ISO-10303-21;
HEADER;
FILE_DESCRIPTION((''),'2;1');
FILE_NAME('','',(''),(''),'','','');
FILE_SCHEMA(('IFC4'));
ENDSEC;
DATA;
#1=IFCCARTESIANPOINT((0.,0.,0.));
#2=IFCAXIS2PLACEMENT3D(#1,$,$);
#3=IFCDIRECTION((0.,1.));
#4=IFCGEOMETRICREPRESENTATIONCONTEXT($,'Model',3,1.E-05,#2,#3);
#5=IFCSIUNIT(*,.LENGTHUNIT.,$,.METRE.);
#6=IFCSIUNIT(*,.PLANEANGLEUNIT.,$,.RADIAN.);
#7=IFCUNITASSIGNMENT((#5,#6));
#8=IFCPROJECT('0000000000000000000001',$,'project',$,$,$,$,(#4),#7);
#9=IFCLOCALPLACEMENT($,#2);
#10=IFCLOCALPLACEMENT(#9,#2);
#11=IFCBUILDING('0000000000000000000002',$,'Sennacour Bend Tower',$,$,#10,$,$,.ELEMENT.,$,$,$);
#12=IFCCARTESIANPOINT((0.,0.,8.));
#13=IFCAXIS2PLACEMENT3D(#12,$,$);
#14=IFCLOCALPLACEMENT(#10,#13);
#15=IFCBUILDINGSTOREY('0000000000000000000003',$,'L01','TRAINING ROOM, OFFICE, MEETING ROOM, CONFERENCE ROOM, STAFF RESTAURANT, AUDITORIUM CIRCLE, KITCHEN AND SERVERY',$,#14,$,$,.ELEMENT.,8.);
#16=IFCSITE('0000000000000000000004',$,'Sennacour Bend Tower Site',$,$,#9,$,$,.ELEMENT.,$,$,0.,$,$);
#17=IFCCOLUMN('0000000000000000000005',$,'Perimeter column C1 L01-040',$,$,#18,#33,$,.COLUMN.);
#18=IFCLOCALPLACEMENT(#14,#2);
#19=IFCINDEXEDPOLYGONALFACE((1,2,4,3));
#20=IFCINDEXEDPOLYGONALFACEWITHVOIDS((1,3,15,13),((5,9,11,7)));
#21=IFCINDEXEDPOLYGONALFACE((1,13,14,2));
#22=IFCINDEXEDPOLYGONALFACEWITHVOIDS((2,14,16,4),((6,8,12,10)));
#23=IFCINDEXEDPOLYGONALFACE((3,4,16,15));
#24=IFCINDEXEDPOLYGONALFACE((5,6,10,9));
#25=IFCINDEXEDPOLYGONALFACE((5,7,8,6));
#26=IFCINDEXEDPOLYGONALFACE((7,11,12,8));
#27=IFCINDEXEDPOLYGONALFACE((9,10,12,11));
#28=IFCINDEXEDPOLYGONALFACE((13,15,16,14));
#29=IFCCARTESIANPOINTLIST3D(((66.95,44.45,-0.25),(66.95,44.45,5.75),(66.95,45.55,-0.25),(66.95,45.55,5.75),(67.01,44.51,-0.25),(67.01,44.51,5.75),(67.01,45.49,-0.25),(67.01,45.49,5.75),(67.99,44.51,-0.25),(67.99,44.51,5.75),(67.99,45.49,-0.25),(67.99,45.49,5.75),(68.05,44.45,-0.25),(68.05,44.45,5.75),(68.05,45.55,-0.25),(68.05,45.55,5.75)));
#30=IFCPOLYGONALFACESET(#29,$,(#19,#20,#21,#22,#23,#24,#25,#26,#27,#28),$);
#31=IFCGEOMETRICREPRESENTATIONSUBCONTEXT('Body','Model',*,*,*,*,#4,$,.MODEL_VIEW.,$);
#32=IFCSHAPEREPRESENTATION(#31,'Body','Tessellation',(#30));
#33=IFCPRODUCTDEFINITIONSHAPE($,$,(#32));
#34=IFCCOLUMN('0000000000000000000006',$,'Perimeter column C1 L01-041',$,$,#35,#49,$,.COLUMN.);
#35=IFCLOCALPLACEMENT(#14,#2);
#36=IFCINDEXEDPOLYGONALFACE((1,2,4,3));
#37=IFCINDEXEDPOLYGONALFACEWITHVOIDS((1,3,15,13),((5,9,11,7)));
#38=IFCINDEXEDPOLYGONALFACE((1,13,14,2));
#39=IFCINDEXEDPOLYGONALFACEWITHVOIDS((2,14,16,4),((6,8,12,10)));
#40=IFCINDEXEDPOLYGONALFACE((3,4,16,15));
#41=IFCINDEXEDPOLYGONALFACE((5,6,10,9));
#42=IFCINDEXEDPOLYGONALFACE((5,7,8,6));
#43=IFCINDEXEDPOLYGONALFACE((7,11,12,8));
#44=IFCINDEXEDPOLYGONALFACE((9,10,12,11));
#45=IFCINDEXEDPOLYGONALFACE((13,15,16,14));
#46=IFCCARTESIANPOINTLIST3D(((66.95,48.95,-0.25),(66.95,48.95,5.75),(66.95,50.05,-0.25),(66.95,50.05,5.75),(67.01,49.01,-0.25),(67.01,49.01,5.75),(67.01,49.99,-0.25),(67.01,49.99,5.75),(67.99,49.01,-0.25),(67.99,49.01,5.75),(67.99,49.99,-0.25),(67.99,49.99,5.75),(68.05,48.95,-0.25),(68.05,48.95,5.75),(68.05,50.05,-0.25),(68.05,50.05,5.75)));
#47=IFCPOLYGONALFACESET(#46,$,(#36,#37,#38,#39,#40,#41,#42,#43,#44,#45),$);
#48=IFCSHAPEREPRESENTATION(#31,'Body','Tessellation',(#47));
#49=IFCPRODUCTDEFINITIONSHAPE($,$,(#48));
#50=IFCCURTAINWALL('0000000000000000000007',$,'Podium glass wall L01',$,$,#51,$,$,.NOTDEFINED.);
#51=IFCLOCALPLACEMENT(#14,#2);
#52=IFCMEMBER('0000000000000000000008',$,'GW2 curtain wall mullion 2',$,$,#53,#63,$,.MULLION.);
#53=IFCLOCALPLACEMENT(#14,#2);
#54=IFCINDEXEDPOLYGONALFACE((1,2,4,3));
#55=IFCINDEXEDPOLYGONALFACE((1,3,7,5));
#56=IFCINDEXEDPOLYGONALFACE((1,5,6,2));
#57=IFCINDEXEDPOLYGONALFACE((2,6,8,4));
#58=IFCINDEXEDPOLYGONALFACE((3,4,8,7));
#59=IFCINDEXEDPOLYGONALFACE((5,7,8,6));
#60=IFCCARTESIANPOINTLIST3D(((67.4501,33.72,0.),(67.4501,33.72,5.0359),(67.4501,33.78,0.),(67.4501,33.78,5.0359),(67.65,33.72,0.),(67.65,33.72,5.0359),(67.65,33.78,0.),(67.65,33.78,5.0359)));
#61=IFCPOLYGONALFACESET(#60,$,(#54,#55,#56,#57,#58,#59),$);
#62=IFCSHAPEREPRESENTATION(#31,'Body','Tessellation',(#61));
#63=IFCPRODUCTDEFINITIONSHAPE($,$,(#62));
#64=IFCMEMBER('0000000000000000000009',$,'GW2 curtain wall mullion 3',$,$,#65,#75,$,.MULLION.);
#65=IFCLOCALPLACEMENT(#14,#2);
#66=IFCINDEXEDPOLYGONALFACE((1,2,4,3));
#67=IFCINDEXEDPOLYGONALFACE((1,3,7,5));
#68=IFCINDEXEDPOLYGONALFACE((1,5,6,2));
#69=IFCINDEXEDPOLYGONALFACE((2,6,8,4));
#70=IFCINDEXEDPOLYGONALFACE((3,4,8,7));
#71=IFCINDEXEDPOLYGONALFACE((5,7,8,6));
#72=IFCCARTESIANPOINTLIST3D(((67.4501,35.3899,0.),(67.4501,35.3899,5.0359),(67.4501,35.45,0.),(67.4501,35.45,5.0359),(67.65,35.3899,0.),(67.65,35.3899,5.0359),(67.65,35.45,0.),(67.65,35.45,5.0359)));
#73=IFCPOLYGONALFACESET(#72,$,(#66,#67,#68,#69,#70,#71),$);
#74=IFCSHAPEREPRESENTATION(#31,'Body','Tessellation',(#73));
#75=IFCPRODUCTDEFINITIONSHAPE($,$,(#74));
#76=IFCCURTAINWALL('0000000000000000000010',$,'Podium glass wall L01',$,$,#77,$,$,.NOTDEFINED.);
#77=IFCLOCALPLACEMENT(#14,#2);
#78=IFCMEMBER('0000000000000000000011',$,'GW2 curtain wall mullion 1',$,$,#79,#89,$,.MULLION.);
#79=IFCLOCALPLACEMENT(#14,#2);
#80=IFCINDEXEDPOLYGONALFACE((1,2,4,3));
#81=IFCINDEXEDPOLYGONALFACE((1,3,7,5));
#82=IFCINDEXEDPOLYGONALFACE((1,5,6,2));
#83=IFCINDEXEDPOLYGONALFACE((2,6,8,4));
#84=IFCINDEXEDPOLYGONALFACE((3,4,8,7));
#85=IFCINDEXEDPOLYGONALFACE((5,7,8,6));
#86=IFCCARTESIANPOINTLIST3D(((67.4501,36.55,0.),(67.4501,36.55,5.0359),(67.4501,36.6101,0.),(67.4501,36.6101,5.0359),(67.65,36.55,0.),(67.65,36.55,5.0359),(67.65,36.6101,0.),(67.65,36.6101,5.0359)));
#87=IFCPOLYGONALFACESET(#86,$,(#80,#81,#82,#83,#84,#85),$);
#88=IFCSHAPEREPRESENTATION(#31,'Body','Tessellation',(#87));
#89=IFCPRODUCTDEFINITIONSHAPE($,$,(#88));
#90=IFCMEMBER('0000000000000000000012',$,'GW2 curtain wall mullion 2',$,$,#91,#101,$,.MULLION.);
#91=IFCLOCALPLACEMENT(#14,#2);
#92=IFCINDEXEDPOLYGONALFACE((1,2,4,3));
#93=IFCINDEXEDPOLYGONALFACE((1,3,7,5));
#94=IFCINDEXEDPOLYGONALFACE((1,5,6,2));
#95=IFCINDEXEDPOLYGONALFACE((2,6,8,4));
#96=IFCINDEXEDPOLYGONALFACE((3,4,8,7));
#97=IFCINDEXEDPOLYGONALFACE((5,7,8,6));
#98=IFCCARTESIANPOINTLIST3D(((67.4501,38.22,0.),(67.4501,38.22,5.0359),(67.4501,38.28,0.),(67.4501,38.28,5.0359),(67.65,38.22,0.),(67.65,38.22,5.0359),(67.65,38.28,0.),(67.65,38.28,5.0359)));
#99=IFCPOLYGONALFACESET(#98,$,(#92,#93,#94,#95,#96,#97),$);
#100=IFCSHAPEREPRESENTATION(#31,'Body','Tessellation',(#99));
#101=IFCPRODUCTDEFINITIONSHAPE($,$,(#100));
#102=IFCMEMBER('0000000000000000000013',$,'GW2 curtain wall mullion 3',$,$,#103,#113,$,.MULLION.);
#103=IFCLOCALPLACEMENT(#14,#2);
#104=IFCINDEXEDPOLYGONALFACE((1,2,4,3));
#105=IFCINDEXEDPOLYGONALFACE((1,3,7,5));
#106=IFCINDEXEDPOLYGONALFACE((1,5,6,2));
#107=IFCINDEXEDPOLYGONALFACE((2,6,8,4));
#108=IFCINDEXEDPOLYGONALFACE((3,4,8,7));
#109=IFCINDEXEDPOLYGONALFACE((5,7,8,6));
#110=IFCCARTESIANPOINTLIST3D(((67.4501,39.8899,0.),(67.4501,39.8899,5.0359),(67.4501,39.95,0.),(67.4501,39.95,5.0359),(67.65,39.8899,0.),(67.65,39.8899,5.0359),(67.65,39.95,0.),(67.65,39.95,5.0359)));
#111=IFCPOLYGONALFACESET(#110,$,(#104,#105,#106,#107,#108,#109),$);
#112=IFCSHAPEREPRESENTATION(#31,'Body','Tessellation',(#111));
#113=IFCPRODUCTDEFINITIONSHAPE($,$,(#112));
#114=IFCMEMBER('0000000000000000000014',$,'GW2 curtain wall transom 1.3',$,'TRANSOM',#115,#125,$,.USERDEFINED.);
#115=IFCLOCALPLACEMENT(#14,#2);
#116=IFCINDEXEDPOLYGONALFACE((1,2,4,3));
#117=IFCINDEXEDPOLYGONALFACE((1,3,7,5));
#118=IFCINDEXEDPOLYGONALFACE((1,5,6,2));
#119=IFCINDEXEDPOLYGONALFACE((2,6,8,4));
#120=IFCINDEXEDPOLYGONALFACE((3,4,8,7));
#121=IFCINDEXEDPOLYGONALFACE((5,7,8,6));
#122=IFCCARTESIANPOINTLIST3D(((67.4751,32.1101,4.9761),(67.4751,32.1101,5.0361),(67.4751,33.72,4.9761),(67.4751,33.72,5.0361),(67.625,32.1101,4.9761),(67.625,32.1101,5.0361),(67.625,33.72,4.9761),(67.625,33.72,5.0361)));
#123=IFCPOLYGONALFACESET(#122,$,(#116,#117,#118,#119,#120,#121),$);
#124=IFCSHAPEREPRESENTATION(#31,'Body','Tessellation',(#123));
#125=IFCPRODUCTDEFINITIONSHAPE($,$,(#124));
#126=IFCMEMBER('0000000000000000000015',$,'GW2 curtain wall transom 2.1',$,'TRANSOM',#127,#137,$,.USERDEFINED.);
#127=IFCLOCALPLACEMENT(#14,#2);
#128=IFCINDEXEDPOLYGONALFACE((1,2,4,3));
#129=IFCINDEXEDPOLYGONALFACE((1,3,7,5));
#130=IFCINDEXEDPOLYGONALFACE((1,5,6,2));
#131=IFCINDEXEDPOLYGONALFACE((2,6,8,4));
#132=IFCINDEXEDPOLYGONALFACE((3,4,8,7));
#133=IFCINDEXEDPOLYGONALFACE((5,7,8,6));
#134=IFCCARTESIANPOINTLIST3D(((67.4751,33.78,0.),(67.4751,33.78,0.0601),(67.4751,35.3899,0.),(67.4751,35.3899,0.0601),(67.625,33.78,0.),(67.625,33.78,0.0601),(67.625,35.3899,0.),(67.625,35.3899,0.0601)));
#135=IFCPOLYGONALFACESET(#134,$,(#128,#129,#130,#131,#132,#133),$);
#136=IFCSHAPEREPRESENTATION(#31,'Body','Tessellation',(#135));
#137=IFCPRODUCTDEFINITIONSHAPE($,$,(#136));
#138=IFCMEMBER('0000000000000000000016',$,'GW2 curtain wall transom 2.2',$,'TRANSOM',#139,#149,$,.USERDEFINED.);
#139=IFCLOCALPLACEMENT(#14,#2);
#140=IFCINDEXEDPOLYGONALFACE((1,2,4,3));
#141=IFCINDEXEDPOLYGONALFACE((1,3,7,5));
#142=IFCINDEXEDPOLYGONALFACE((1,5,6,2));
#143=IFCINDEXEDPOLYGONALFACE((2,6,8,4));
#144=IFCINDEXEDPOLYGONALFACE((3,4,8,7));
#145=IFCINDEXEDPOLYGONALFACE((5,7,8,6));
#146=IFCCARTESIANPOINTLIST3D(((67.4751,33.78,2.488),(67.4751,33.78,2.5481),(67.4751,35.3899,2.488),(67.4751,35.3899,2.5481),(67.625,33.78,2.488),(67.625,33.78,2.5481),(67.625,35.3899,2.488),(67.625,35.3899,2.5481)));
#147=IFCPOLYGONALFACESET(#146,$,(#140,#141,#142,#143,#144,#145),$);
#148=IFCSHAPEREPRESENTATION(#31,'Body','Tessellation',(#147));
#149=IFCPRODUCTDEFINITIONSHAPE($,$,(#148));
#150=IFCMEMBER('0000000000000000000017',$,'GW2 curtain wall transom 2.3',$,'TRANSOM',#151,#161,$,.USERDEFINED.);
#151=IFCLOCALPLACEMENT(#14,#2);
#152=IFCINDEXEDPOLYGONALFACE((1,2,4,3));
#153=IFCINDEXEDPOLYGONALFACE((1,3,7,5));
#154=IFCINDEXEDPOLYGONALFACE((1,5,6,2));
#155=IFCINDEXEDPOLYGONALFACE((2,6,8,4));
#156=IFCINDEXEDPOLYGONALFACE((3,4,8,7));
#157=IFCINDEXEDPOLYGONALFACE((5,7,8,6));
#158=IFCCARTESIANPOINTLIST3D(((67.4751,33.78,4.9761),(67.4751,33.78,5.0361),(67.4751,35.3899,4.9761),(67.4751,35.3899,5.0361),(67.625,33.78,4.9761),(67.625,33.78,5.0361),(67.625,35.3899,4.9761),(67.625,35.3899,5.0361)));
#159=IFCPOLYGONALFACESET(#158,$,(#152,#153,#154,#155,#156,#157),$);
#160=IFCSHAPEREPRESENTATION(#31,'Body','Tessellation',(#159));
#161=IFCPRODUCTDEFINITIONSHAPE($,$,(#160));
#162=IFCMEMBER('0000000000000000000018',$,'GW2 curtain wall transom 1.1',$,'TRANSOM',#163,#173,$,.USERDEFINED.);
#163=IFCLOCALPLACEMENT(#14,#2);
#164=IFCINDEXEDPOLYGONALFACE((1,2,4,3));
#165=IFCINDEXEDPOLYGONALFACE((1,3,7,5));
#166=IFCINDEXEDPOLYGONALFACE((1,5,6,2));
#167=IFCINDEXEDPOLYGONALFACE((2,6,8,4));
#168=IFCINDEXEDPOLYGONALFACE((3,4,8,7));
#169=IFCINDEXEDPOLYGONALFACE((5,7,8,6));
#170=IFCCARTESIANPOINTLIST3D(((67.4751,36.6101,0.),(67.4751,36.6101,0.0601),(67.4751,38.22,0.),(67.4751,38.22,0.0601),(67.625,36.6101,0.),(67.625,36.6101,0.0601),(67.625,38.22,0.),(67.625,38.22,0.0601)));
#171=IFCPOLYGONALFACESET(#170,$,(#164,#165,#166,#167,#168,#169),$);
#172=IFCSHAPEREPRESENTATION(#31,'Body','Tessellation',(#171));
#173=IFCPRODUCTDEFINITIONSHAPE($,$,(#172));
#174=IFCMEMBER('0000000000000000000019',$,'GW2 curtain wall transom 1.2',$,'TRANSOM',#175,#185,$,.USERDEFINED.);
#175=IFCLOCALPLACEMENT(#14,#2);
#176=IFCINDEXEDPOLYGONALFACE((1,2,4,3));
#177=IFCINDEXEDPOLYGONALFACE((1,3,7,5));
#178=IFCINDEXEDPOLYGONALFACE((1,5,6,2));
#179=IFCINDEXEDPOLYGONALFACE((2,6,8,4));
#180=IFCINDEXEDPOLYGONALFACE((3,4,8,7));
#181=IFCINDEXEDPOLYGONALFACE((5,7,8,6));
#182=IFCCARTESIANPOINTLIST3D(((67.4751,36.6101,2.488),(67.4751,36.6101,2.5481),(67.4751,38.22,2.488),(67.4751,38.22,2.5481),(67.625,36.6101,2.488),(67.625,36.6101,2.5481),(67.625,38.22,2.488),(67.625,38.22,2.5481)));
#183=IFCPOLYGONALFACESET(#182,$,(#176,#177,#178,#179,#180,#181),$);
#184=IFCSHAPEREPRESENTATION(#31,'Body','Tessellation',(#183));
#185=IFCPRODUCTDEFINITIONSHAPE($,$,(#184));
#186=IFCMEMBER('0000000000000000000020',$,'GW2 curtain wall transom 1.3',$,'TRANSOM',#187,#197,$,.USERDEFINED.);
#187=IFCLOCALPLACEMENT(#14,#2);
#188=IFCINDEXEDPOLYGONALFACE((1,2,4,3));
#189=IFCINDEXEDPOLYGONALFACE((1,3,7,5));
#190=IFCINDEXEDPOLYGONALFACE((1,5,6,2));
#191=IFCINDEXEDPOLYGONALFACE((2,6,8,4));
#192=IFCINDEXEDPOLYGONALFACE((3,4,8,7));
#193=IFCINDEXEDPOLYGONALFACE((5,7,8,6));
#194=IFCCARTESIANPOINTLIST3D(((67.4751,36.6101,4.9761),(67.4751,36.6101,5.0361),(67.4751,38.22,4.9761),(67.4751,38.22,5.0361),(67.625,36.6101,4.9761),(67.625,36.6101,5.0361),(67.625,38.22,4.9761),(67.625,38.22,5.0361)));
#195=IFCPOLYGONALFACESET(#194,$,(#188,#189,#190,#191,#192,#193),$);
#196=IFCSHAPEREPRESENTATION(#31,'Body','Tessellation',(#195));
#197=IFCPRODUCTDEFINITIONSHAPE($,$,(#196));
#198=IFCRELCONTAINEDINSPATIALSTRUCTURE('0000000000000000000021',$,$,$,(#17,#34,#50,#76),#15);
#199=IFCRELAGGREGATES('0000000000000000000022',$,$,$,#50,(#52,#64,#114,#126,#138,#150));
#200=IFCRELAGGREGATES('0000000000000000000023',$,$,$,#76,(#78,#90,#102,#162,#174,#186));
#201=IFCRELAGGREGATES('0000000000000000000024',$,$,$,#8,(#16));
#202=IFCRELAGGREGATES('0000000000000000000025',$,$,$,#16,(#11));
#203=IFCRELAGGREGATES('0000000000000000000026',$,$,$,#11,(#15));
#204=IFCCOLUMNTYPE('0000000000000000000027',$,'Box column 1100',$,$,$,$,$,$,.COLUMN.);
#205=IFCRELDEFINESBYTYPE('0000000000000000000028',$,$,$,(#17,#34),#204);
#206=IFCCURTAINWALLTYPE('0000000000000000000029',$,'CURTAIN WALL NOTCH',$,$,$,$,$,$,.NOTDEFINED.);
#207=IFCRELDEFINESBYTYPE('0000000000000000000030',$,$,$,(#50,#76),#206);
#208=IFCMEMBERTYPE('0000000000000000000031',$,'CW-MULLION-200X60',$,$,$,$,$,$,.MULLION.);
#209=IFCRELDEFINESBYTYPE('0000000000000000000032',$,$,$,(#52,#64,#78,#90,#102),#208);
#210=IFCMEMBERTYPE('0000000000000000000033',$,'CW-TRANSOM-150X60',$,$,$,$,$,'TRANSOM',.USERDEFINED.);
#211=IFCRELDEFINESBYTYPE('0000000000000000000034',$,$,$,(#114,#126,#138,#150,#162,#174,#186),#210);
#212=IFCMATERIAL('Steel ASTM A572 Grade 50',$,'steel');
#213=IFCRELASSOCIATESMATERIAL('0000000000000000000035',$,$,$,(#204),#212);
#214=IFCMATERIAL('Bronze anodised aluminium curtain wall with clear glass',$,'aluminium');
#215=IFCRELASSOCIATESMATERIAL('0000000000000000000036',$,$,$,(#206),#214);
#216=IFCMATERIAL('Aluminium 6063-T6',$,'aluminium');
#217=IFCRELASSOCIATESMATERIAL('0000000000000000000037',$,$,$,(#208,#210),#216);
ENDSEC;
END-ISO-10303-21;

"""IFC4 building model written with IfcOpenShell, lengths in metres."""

from ifc_helpers import new_model, si_unit, direction, frame, origin, origin_2d, place, context, subcontext, project, spatial, rectangle, hollow_rectangle, extrude, material, material_profile, profile_set, type_object, element, aggregate, save


model = new_model("IFC4")

# Units and contexts
model_context = context("Model", 3, precision=1e-05, world=origin(), true_north=direction((0.0, 1.0)))
body_context = subcontext(model_context, "Body", "Model", "MODEL_VIEW")
ifc_project = project(units=[si_unit("LENGTHUNIT", "METRE"), si_unit("PLANEANGLEUNIT", "RADIAN")], contexts=[model_context])

# Site, building, storey
site_placement = place(None, origin())
site = spatial("IfcSite", under=ifc_project, at=site_placement, Name="Sennacour Bend Tower Site", CompositionType="ELEMENT", RefElevation=0.0)
building_placement = place(site_placement, origin())
building = spatial("IfcBuilding", under=site, at=building_placement, Name="Sennacour Bend Tower", CompositionType="ELEMENT")
storey_placement = place(building_placement, frame((0.0, 0.0, 8.0)))
storey = spatial("IfcBuildingStorey", under=building, at=storey_placement, Name="L01", Description="TRAINING ROOM, OFFICE, MEETING ROOM, CONFERENCE ROOM, STAFF RESTAURANT, AUDITORIUM CIRCLE, KITCHEN AND SERVERY", CompositionType="ELEMENT", Elevation=8.0)

# Columns
ifc_material_1 = material(Name="Steel ASTM A572 Grade 50", Category="steel")
ifc_material_profile_1 = material_profile(ifc_material_1, hollow_rectangle(XDim=1.1001, YDim=1.1001, WallThickness=0.0601, at=origin_2d()), Name="Steel ASTM A572 Grade 50", Category="steel")
ifc_profile_set_1 = profile_set([ifc_material_profile_1], Name="Steel ASTM A572 Grade 50")
column_type = type_object("IfcColumnType", Name="Box column 1100", PredefinedType="COLUMN", material=ifc_profile_set_1)
for number, where, z_axis, x_axis, name in (
    (1, (67.5, 45.0, -0.25), (0.0, 0.0, 1.0), (1.0, 0.0, 0.0), "Perimeter column C1 L01-040"),
    (2, (67.5, 49.5, -0.25), (0.0, 0.0, 1.0), (1.0, 0.0, 0.0), "Perimeter column C1 L01-041"),
):
    element("IfcColumn", number, at=place(storey_placement, frame(where, z_axis=z_axis, x_axis=x_axis)), inside=storey, type_object=column_type, Name=name, PredefinedType="COLUMN", context=body_context, shape_type="SweptSolid", body=[
        extrude(hollow_rectangle(XDim=1.1001, YDim=1.1001, WallThickness=0.0601, at=origin_2d()), origin(), (0.0, 0.0, 1.0), 6.0),
    ])

# Curtain walls, members
ifc_material_2 = material(Name="Bronze anodised aluminium curtain wall with clear glass", Category="aluminium")
curtain_wall_type = type_object("IfcCurtainWallType", Name="CURTAIN WALL NOTCH", PredefinedType="NOTDEFINED", material=ifc_material_2)
curtain_wall_1_placement = place(storey_placement, origin())
curtain_wall_1 = element("IfcCurtainWall", 3, at=curtain_wall_1_placement, inside=storey, type_object=curtain_wall_type, Name="Podium glass wall L01", PredefinedType="NOTDEFINED")
ifc_material_3 = material(Name="Aluminium 6063-T6", Category="aluminium")
ifc_material_profile_2 = material_profile(ifc_material_3, rectangle(XDim=0.2, YDim=0.0601, at=origin_2d()), Name="Aluminium 6063-T6", Category="aluminium")
ifc_profile_set_2 = profile_set([ifc_material_profile_2], Name="Aluminium 6063-T6")
member_type_1 = type_object("IfcMemberType", Name="CW-MULLION-200X60", PredefinedType="MULLION", material=ifc_profile_set_2)
member_1_placement = place(storey_placement, frame((67.55, 33.75, 0.0), z_axis=(0.0, 0.0, 1.0), x_axis=(-1.0, 0.0, 0.0)))
member_1 = element("IfcMember", 4, at=member_1_placement, type_object=member_type_1, Name="GW2 curtain wall mullion 2", PredefinedType="MULLION", context=body_context, shape_type="SweptSolid", body=[
    extrude(rectangle(XDim=0.2, YDim=0.0601, at=origin_2d()), origin(), (0.0, 0.0, 1.0), 5.0359),
])
member_2_placement = place(storey_placement, frame((67.55, 35.4199, 0.0), z_axis=(0.0, 0.0, 1.0), x_axis=(-1.0, 0.0, 0.0)))
member_2 = element("IfcMember", 5, at=member_2_placement, type_object=member_type_1, Name="GW2 curtain wall mullion 3", PredefinedType="MULLION", context=body_context, shape_type="SweptSolid", body=[
    extrude(rectangle(XDim=0.2, YDim=0.0601, at=origin_2d()), origin(), (0.0, 0.0, 1.0), 5.0359),
])
curtain_wall_2_placement = place(storey_placement, origin())
curtain_wall_2 = element("IfcCurtainWall", 6, at=curtain_wall_2_placement, inside=storey, type_object=curtain_wall_type, Name="Podium glass wall L01", PredefinedType="NOTDEFINED")
member_3_placement = place(storey_placement, frame((67.55, 36.5801, 0.0), z_axis=(0.0, 0.0, 1.0), x_axis=(-1.0, 0.0, 0.0)))
member_3 = element("IfcMember", 7, at=member_3_placement, type_object=member_type_1, Name="GW2 curtain wall mullion 1", PredefinedType="MULLION", context=body_context, shape_type="SweptSolid", body=[
    extrude(rectangle(XDim=0.2, YDim=0.0601, at=origin_2d()), origin(), (0.0, 0.0, 1.0), 5.0359),
])
member_4_placement = place(storey_placement, frame((67.55, 38.25, 0.0), z_axis=(0.0, 0.0, 1.0), x_axis=(-1.0, 0.0, 0.0)))
member_4 = element("IfcMember", 8, at=member_4_placement, type_object=member_type_1, Name="GW2 curtain wall mullion 2", PredefinedType="MULLION", context=body_context, shape_type="SweptSolid", body=[
    extrude(rectangle(XDim=0.2, YDim=0.0601, at=origin_2d()), origin(), (0.0, 0.0, 1.0), 5.0359),
])
member_5_placement = place(storey_placement, frame((67.55, 39.9199, 0.0), z_axis=(0.0, 0.0, 1.0), x_axis=(-1.0, 0.0, 0.0)))
member_5 = element("IfcMember", 9, at=member_5_placement, type_object=member_type_1, Name="GW2 curtain wall mullion 3", PredefinedType="MULLION", context=body_context, shape_type="SweptSolid", body=[
    extrude(rectangle(XDim=0.2, YDim=0.0601, at=origin_2d()), origin(), (0.0, 0.0, 1.0), 5.0359),
])

# Members
ifc_material_profile_3 = material_profile(ifc_material_3, rectangle(XDim=0.1499, YDim=0.0601, at=origin_2d()), Name="Aluminium 6063-T6", Category="aluminium")
ifc_profile_set_3 = profile_set([ifc_material_profile_3], Name="Aluminium 6063-T6")
member_type_2 = type_object("IfcMemberType", Name="CW-TRANSOM-150X60", ElementType="TRANSOM", PredefinedType="USERDEFINED", material=ifc_profile_set_3)
member_6_placement = place(storey_placement, frame((67.55, 32.1101, 5.0061), z_axis=(0.0, 1.0, 0.0), x_axis=(-1.0, 0.0, 0.0)))
member_6 = element("IfcMember", 10, at=member_6_placement, type_object=member_type_2, Name="GW2 curtain wall transom 1.3", ObjectType="TRANSOM", PredefinedType="USERDEFINED", context=body_context, shape_type="SweptSolid", body=[
    extrude(rectangle(XDim=0.1499, YDim=0.0601, at=origin_2d()), origin(), (0.0, 0.0, 1.0), 1.6099),
])
member_7_placement = place(storey_placement, frame((67.55, 33.78, 0.03), z_axis=(0.0, 1.0, 0.0), x_axis=(-1.0, 0.0, 0.0)))
member_7 = element("IfcMember", 11, at=member_7_placement, type_object=member_type_2, Name="GW2 curtain wall transom 2.1", ObjectType="TRANSOM", PredefinedType="USERDEFINED", context=body_context, shape_type="SweptSolid", body=[
    extrude(rectangle(XDim=0.1499, YDim=0.0601, at=origin_2d()), origin(), (0.0, 0.0, 1.0), 1.6099),
])
member_8_placement = place(storey_placement, frame((67.55, 33.78, 2.5181), z_axis=(0.0, 1.0, 0.0), x_axis=(-1.0, 0.0, 0.0)))
member_8 = element("IfcMember", 12, at=member_8_placement, type_object=member_type_2, Name="GW2 curtain wall transom 2.2", ObjectType="TRANSOM", PredefinedType="USERDEFINED", context=body_context, shape_type="SweptSolid", body=[
    extrude(rectangle(XDim=0.1499, YDim=0.0601, at=origin_2d()), origin(), (0.0, 0.0, 1.0), 1.6099),
])
member_9_placement = place(storey_placement, frame((67.55, 33.78, 5.0061), z_axis=(0.0, 1.0, 0.0), x_axis=(-1.0, 0.0, 0.0)))
member_9 = element("IfcMember", 13, at=member_9_placement, type_object=member_type_2, Name="GW2 curtain wall transom 2.3", ObjectType="TRANSOM", PredefinedType="USERDEFINED", context=body_context, shape_type="SweptSolid", body=[
    extrude(rectangle(XDim=0.1499, YDim=0.0601, at=origin_2d()), origin(), (0.0, 0.0, 1.0), 1.6099),
])
member_10_placement = place(storey_placement, frame((67.55, 36.6101, 0.03), z_axis=(0.0, 1.0, 0.0), x_axis=(-1.0, 0.0, 0.0)))
member_10 = element("IfcMember", 14, at=member_10_placement, type_object=member_type_2, Name="GW2 curtain wall transom 1.1", ObjectType="TRANSOM", PredefinedType="USERDEFINED", context=body_context, shape_type="SweptSolid", body=[
    extrude(rectangle(XDim=0.1499, YDim=0.0601, at=origin_2d()), origin(), (0.0, 0.0, 1.0), 1.6099),
])
member_11_placement = place(storey_placement, frame((67.55, 36.6101, 2.5181), z_axis=(0.0, 1.0, 0.0), x_axis=(-1.0, 0.0, 0.0)))
member_11 = element("IfcMember", 15, at=member_11_placement, type_object=member_type_2, Name="GW2 curtain wall transom 1.2", ObjectType="TRANSOM", PredefinedType="USERDEFINED", context=body_context, shape_type="SweptSolid", body=[
    extrude(rectangle(XDim=0.1499, YDim=0.0601, at=origin_2d()), origin(), (0.0, 0.0, 1.0), 1.6099),
])
member_12_placement = place(storey_placement, frame((67.55, 36.6101, 5.0061), z_axis=(0.0, 1.0, 0.0), x_axis=(-1.0, 0.0, 0.0)))
member_12 = element("IfcMember", 16, at=member_12_placement, type_object=member_type_2, Name="GW2 curtain wall transom 1.3", ObjectType="TRANSOM", PredefinedType="USERDEFINED", context=body_context, shape_type="SweptSolid", body=[
    extrude(rectangle(XDim=0.1499, YDim=0.0601, at=origin_2d()), origin(), (0.0, 0.0, 1.0), 1.6099),
])

aggregate(curtain_wall_1, [member_1, member_2, member_6, member_7, member_8, member_9])
aggregate(curtain_wall_2, [member_3, member_4, member_5, member_10, member_11, member_12])

save(model, "model.ifc")
